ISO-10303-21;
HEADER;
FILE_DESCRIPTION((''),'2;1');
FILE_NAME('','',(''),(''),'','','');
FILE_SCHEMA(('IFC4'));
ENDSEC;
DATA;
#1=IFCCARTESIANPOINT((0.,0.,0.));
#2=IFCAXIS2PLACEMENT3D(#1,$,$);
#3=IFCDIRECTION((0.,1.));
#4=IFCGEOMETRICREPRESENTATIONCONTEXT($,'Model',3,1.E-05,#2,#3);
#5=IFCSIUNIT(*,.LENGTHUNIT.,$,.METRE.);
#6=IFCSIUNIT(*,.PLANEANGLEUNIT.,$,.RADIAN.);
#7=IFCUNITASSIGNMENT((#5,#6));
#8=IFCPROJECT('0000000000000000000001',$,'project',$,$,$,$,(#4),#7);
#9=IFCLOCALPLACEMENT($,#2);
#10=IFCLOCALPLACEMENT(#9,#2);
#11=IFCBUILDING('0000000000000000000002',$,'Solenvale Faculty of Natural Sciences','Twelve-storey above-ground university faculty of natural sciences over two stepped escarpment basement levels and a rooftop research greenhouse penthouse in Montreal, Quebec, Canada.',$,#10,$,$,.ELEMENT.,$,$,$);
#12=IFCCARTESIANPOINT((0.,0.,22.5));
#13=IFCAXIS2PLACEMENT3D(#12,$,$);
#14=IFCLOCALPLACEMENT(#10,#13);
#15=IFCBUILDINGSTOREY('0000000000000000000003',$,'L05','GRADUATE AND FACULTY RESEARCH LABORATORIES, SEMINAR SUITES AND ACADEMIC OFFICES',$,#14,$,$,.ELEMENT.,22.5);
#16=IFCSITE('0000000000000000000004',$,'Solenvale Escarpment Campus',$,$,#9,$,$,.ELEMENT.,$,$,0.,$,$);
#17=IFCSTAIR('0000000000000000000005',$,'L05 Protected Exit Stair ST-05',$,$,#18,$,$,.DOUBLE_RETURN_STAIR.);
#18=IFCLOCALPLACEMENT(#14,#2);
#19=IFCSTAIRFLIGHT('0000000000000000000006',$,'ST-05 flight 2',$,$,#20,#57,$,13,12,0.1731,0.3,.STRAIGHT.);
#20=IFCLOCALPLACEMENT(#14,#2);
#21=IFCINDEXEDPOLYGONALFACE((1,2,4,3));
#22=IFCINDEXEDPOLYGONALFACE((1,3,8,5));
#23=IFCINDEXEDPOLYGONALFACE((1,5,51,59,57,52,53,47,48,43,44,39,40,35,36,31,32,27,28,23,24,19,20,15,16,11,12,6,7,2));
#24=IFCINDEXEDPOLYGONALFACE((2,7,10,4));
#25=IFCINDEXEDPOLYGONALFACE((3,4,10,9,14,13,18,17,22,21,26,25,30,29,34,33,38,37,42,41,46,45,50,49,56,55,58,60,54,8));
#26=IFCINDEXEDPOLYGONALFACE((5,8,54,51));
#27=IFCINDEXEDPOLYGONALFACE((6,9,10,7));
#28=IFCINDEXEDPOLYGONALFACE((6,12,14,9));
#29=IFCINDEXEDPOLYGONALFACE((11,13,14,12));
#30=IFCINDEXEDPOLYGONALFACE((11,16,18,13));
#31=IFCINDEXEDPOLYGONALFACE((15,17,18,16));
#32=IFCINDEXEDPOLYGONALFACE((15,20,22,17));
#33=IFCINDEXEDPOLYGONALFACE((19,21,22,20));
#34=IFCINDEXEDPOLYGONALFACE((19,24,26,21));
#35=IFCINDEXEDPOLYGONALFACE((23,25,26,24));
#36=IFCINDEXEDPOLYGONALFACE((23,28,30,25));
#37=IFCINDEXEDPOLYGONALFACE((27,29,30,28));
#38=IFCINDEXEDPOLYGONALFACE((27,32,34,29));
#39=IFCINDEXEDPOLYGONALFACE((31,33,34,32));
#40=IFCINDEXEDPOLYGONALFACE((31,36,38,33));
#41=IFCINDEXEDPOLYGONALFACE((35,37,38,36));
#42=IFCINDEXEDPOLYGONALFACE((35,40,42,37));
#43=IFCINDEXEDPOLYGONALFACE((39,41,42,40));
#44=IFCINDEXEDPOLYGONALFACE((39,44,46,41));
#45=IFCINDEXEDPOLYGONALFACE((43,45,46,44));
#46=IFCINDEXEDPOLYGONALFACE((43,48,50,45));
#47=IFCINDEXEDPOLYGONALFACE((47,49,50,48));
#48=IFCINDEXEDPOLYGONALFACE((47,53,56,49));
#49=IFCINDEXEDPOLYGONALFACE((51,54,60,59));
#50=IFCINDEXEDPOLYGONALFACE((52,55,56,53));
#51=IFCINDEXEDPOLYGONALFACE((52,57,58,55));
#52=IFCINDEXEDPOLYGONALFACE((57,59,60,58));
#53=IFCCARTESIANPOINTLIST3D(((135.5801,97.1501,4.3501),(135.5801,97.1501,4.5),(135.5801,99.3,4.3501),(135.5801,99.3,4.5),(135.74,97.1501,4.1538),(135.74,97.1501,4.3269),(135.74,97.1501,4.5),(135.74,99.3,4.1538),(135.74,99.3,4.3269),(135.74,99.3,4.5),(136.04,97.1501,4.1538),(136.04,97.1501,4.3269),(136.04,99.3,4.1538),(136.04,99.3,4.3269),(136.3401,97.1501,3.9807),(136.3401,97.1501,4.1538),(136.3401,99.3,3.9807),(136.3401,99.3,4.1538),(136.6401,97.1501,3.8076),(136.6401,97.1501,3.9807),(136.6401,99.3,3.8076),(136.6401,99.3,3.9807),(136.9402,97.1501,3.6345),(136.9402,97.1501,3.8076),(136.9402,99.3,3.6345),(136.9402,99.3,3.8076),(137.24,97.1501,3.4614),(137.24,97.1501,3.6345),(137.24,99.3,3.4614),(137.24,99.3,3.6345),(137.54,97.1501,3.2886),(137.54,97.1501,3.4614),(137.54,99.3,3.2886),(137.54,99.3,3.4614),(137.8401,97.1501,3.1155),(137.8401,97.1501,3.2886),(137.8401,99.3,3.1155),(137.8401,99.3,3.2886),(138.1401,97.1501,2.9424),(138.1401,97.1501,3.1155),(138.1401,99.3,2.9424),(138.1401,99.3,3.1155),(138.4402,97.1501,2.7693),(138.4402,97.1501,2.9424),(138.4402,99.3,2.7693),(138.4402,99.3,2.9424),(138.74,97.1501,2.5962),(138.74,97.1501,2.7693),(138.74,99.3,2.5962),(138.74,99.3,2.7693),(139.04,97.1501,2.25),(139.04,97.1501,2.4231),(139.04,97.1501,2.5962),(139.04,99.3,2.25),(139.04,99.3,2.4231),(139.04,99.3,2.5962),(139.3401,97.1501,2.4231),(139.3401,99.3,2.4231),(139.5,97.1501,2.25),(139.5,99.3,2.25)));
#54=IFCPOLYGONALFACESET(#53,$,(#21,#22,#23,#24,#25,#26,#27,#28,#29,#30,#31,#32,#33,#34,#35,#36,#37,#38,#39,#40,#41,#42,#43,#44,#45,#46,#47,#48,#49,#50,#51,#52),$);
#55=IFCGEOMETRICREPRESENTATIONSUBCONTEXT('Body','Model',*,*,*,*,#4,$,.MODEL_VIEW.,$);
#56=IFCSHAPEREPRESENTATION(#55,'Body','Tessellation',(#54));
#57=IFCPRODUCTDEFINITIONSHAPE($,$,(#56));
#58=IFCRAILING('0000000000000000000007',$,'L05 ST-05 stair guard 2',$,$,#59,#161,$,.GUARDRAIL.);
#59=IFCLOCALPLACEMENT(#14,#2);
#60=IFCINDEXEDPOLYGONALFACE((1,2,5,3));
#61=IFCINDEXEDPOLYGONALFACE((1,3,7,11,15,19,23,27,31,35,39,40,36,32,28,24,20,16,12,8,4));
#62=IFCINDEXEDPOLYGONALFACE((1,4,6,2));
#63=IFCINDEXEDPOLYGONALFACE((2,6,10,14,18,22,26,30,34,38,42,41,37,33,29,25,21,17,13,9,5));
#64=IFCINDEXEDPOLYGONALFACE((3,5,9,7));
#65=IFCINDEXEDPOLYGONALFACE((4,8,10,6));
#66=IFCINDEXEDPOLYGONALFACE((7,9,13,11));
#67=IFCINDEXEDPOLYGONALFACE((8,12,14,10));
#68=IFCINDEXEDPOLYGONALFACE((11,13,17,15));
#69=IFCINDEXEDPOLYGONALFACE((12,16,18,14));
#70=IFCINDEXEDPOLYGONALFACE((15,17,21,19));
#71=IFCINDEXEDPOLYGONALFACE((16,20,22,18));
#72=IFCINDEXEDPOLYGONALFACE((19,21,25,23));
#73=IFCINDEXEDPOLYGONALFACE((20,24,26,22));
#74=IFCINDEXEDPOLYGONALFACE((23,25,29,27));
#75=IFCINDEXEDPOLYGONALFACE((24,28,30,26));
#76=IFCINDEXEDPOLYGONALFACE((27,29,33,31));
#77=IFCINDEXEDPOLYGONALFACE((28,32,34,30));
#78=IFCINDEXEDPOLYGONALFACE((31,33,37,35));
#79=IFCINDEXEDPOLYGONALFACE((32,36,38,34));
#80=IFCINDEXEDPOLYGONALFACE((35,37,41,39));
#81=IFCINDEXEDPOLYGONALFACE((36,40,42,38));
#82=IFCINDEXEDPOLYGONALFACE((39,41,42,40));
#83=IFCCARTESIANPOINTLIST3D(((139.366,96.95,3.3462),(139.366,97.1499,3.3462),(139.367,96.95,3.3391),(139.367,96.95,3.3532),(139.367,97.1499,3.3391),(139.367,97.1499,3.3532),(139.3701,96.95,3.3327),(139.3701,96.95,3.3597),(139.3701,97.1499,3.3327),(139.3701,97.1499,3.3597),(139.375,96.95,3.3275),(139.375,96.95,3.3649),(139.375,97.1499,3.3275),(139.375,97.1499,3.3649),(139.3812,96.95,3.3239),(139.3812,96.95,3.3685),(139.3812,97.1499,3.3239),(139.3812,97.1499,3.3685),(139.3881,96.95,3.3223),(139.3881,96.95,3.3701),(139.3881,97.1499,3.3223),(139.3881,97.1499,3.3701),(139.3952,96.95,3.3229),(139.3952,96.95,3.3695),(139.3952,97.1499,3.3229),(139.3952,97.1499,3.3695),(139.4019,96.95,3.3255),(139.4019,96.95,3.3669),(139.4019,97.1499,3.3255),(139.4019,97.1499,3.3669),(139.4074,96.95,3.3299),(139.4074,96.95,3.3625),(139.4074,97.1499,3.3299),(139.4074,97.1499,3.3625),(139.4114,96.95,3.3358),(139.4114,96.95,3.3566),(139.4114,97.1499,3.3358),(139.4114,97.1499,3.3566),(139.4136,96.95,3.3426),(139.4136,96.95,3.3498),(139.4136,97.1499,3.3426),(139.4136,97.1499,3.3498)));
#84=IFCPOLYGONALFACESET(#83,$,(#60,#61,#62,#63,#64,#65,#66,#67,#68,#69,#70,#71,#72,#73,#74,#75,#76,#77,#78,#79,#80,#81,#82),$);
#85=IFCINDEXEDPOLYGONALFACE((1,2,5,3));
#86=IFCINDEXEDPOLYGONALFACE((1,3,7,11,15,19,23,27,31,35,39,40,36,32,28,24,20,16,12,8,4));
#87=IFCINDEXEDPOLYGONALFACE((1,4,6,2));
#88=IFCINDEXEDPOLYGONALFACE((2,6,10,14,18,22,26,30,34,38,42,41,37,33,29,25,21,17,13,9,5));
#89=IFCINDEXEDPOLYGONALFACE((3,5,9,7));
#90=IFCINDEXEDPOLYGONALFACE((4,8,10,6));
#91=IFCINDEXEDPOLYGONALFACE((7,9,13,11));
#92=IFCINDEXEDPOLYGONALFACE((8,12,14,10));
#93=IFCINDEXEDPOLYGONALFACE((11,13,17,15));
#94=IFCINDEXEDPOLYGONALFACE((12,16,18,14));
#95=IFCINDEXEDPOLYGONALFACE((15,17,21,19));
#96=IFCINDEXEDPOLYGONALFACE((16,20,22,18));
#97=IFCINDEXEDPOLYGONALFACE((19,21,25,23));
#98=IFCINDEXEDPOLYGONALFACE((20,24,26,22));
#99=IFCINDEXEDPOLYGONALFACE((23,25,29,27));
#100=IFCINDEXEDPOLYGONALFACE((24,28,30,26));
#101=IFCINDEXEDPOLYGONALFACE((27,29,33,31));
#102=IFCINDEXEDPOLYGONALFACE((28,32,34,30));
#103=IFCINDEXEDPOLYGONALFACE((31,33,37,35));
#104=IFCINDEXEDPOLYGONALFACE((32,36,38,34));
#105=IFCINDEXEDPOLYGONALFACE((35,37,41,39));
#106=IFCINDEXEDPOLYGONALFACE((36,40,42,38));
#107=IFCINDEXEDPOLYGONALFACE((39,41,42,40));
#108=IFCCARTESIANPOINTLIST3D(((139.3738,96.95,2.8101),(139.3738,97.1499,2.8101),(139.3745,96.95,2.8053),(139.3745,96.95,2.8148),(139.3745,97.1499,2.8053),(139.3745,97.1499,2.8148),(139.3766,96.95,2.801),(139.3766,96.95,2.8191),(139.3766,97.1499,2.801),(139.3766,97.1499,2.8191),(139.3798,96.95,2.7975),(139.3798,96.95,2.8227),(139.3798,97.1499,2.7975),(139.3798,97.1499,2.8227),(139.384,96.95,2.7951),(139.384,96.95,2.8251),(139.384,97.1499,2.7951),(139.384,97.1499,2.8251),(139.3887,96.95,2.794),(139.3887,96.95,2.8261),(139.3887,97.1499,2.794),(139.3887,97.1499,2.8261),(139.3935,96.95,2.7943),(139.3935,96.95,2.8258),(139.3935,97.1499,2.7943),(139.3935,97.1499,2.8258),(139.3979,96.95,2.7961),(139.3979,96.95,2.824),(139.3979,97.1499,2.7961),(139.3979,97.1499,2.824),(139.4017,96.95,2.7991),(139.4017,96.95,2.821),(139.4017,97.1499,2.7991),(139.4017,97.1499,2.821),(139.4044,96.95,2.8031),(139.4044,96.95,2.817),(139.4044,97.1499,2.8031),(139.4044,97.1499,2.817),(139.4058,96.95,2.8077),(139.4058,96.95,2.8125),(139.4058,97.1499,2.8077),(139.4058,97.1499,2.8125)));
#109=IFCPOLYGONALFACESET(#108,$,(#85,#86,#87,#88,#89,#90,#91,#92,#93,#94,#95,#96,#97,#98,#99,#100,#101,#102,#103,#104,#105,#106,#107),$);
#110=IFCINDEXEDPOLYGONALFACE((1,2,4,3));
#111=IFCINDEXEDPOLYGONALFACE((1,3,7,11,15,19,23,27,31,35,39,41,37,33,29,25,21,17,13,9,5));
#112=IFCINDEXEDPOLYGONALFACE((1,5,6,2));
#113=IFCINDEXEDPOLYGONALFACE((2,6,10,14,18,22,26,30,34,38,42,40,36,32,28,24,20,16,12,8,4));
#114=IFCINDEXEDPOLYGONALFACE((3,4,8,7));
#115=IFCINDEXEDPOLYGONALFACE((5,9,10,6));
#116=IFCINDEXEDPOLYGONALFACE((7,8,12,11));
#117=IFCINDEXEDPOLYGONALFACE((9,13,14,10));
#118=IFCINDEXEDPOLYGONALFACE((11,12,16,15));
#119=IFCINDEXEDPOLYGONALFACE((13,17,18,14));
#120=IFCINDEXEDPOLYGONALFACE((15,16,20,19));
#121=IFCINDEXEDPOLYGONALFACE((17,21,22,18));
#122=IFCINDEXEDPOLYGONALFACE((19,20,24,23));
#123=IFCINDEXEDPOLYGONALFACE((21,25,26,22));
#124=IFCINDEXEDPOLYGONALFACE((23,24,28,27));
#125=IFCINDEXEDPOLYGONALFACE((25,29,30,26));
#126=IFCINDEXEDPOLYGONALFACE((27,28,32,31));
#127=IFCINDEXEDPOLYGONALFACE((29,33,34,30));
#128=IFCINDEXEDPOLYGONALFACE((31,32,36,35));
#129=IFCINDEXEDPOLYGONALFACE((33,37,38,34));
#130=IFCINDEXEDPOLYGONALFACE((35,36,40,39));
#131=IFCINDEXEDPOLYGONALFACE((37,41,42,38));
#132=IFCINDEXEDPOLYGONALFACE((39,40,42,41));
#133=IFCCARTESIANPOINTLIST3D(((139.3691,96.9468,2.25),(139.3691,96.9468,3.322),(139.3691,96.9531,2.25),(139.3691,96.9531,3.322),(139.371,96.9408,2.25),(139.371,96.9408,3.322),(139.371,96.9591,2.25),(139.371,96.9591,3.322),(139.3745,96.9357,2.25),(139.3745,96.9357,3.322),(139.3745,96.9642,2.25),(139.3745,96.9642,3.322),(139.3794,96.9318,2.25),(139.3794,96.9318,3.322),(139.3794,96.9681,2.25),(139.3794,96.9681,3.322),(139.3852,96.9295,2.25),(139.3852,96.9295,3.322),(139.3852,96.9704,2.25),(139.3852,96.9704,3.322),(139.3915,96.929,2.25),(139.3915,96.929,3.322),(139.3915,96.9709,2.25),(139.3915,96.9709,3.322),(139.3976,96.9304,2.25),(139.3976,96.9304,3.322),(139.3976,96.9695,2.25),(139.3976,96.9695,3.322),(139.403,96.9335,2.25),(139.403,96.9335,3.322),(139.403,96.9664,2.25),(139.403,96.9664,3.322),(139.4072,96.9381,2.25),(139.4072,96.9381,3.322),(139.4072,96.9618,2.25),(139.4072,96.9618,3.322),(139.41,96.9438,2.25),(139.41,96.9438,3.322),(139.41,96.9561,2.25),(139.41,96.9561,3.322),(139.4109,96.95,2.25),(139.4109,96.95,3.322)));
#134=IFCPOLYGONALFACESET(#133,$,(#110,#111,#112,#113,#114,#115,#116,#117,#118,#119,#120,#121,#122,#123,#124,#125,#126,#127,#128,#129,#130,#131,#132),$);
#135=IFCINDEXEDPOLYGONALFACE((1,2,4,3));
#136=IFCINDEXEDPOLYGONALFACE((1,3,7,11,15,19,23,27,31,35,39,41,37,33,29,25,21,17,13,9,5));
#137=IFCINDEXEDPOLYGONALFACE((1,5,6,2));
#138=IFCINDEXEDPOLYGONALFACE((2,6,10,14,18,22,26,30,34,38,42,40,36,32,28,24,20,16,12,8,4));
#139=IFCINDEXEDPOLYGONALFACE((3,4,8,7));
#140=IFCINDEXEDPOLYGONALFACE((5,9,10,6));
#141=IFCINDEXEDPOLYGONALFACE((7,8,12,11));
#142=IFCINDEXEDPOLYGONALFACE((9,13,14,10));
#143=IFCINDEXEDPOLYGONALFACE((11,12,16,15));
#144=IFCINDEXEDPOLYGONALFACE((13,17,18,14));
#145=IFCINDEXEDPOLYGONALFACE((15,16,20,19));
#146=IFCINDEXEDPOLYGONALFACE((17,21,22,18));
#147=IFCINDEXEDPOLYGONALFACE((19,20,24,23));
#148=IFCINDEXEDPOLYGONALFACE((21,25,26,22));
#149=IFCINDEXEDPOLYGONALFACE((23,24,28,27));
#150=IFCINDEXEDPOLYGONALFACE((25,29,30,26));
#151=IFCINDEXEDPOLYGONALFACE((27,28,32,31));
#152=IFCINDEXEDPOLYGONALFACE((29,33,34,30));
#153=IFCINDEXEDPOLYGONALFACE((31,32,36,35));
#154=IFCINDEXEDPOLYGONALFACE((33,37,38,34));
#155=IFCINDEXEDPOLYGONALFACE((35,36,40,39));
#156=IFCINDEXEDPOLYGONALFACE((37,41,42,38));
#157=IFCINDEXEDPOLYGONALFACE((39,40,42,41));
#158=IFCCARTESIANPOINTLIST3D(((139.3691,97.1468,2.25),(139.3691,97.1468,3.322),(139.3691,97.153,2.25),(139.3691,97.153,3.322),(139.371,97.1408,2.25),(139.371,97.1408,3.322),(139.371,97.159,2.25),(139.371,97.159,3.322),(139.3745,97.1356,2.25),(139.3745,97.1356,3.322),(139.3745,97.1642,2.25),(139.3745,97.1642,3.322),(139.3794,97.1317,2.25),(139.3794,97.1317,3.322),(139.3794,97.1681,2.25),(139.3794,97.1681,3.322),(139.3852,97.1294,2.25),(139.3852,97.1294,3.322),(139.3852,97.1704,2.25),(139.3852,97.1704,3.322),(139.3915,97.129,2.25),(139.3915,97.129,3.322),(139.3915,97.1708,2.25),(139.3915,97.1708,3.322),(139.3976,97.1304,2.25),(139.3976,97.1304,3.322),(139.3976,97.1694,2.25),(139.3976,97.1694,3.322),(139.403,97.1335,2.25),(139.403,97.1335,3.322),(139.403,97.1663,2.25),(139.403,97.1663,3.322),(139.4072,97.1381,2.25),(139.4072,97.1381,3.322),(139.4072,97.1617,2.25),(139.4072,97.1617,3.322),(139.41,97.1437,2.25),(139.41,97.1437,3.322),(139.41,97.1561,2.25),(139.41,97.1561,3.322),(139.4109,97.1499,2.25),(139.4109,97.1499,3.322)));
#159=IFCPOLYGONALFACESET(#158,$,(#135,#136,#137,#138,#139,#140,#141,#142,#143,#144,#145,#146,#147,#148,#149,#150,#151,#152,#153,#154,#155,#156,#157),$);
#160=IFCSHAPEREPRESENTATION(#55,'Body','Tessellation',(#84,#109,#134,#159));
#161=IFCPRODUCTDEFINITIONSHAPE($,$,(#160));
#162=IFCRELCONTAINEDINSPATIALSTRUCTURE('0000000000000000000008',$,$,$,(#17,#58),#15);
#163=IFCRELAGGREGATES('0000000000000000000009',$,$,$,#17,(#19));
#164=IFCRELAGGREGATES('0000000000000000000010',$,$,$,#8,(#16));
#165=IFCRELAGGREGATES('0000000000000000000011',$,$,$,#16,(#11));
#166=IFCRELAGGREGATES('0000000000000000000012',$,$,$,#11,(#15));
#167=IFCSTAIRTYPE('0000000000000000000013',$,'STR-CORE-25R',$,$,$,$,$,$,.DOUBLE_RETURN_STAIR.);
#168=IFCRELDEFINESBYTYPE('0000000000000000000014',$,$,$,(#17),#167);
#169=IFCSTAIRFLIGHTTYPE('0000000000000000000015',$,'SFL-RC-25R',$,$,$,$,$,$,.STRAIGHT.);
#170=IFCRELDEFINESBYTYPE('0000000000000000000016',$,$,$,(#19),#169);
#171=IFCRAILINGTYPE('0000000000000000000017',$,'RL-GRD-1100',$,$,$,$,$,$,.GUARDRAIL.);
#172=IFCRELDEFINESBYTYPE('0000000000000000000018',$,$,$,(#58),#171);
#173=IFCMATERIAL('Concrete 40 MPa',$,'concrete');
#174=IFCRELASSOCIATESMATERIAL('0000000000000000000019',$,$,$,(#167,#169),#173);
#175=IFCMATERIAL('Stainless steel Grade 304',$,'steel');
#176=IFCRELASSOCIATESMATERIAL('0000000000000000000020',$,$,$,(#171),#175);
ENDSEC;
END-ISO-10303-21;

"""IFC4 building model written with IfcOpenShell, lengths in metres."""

from ifc_helpers import new_model, si_unit, direction, frame, origin, origin_2d, place, context, subcontext, project, spatial, polyline, circle, outline, extrude, material, type_object, element, aggregate, save


model = new_model("IFC4")

# Units and contexts
model_context = context("Model", 3, precision=1e-05, world=origin(), true_north=direction((0.0, 1.0)))
body_context = subcontext(model_context, "Body", "Model", "MODEL_VIEW")
ifc_project = project(units=[si_unit("LENGTHUNIT", "METRE"), si_unit("PLANEANGLEUNIT", "RADIAN")], contexts=[model_context])

# Site, building, storey
site_placement = place(None, origin())
site = spatial("IfcSite", under=ifc_project, at=site_placement, Name="Solenvale Escarpment Campus", CompositionType="ELEMENT", RefElevation=0.0)
building_placement = place(site_placement, origin())
building = spatial("IfcBuilding", under=site, at=building_placement, Name="Solenvale Faculty of Natural Sciences", Description="Twelve-storey above-ground university faculty of natural sciences over two stepped escarpment basement levels and a rooftop research greenhouse penthouse in Montreal, Quebec, Canada.", CompositionType="ELEMENT")
storey_placement = place(building_placement, frame((0.0, 0.0, 22.5)))
storey = spatial("IfcBuildingStorey", under=building, at=storey_placement, Name="L05", Description="GRADUATE AND FACULTY RESEARCH LABORATORIES, SEMINAR SUITES AND ACADEMIC OFFICES", CompositionType="ELEMENT", Elevation=22.5)

# Shared definitions
ifc_material_1 = material(Name="Concrete 40 MPa", Category="concrete")

# Stair, stair flight
stair_type = type_object("IfcStairType", Name="STR-CORE-25R", PredefinedType="DOUBLE_RETURN_STAIR", material=ifc_material_1)
stair_placement = place(storey_placement, origin())
stair = element("IfcStair", 1, at=stair_placement, inside=storey, type_object=stair_type, Name="L05 Protected Exit Stair ST-05", PredefinedType="DOUBLE_RETURN_STAIR")
stair_flight_type = type_object("IfcStairFlightType", Name="SFL-RC-25R", PredefinedType="STRAIGHT", material=ifc_material_1)
stair_flight_1_placement = place(storey_placement, frame((139.3401, 98.2251, 2.25), z_axis=(0.0, 0.0, 1.0), x_axis=(-1.0, 0.0, 0.0)))
stair_flight_1 = element("IfcStairFlight", 2, at=stair_flight_1_placement, type_object=stair_flight_type, Name="ST-05 flight 2", NumberOfRisers=13, NumberOfTreads=12, PredefinedType="STRAIGHT", RiserHeight=0.1731, TreadLength=0.3, context=body_context, shape_type="SweptSolid", body=[
    extrude(outline(polyline([(-0.1599, 0.0), (0.0, 0.1731), (0.3, 0.1731), (0.3, 0.3462), (0.6001, 0.3462), (0.6001, 0.5193), (0.8999, 0.5193), (0.8999, 0.6924), (1.2, 0.6924), (1.2, 0.8655), (1.5, 0.8655), (1.5, 1.0386), (1.8, 1.0386), (1.8, 1.2114), (2.1001, 1.2114), (2.1001, 1.3845), (2.3999, 1.3845), (2.3999, 1.5576), (2.7, 1.5576), (2.7, 1.7307), (3.0, 1.7307), (3.0, 1.9038), (3.3, 1.9038), (3.3, 2.0769), (3.6001, 2.0769), (3.6001, 2.25), (3.76, 2.25), (3.76, 2.1001), (3.6001, 1.9038), (0.3, 0.0), (-0.1599, 0.0)])), frame((0.0, 1.075, 0.0), z_axis=(0.0, -1.0, 0.0), x_axis=(1.0, 0.0, 0.0)), (0.0, 0.0, 1.0), 2.1499),
])
aggregate(stair, [stair_flight_1])

# Railing
ifc_material_2 = material(Name="Stainless steel Grade 304", Category="steel")
railing_type_1 = type_object("IfcRailingType", Name="RL-GRD-1100", PredefinedType="GUARDRAIL", material=ifc_material_2)
railing_1_placement = place(storey_placement, frame((139.3899, 96.95, 2.25)))
element("IfcRailing", 3, at=railing_1_placement, inside=storey, type_object=railing_type_1, Name="L05 ST-05 stair guard 2", PredefinedType="GUARDRAIL", context=body_context, shape_type="SweptSolid", body=[
    extrude(circle(Radius=0.0239, at=origin_2d()), frame((0.0, 0.0, 1.0962), z_axis=(0.0, 1.0, 0.0), x_axis=(-1.0, 0.0, 0.0)), (0.0, 0.0, 1.0), 0.2),
    extrude(circle(Radius=0.0161, at=origin_2d()), frame((0.0, 0.0, 0.5601), z_axis=(0.0, 1.0, 0.0), x_axis=(-1.0, 0.0, 0.0)), (0.0, 0.0, 1.0), 0.2),
    extrude(circle(Radius=0.021, at=origin_2d()), origin(), (0.0, 0.0, 1.0), 1.072),
    extrude(circle(Radius=0.021, at=origin_2d()), frame((0.0, 0.2, 0.0)), (0.0, 0.0, 1.0), 1.072),
])

save(model, "model.ifc")
